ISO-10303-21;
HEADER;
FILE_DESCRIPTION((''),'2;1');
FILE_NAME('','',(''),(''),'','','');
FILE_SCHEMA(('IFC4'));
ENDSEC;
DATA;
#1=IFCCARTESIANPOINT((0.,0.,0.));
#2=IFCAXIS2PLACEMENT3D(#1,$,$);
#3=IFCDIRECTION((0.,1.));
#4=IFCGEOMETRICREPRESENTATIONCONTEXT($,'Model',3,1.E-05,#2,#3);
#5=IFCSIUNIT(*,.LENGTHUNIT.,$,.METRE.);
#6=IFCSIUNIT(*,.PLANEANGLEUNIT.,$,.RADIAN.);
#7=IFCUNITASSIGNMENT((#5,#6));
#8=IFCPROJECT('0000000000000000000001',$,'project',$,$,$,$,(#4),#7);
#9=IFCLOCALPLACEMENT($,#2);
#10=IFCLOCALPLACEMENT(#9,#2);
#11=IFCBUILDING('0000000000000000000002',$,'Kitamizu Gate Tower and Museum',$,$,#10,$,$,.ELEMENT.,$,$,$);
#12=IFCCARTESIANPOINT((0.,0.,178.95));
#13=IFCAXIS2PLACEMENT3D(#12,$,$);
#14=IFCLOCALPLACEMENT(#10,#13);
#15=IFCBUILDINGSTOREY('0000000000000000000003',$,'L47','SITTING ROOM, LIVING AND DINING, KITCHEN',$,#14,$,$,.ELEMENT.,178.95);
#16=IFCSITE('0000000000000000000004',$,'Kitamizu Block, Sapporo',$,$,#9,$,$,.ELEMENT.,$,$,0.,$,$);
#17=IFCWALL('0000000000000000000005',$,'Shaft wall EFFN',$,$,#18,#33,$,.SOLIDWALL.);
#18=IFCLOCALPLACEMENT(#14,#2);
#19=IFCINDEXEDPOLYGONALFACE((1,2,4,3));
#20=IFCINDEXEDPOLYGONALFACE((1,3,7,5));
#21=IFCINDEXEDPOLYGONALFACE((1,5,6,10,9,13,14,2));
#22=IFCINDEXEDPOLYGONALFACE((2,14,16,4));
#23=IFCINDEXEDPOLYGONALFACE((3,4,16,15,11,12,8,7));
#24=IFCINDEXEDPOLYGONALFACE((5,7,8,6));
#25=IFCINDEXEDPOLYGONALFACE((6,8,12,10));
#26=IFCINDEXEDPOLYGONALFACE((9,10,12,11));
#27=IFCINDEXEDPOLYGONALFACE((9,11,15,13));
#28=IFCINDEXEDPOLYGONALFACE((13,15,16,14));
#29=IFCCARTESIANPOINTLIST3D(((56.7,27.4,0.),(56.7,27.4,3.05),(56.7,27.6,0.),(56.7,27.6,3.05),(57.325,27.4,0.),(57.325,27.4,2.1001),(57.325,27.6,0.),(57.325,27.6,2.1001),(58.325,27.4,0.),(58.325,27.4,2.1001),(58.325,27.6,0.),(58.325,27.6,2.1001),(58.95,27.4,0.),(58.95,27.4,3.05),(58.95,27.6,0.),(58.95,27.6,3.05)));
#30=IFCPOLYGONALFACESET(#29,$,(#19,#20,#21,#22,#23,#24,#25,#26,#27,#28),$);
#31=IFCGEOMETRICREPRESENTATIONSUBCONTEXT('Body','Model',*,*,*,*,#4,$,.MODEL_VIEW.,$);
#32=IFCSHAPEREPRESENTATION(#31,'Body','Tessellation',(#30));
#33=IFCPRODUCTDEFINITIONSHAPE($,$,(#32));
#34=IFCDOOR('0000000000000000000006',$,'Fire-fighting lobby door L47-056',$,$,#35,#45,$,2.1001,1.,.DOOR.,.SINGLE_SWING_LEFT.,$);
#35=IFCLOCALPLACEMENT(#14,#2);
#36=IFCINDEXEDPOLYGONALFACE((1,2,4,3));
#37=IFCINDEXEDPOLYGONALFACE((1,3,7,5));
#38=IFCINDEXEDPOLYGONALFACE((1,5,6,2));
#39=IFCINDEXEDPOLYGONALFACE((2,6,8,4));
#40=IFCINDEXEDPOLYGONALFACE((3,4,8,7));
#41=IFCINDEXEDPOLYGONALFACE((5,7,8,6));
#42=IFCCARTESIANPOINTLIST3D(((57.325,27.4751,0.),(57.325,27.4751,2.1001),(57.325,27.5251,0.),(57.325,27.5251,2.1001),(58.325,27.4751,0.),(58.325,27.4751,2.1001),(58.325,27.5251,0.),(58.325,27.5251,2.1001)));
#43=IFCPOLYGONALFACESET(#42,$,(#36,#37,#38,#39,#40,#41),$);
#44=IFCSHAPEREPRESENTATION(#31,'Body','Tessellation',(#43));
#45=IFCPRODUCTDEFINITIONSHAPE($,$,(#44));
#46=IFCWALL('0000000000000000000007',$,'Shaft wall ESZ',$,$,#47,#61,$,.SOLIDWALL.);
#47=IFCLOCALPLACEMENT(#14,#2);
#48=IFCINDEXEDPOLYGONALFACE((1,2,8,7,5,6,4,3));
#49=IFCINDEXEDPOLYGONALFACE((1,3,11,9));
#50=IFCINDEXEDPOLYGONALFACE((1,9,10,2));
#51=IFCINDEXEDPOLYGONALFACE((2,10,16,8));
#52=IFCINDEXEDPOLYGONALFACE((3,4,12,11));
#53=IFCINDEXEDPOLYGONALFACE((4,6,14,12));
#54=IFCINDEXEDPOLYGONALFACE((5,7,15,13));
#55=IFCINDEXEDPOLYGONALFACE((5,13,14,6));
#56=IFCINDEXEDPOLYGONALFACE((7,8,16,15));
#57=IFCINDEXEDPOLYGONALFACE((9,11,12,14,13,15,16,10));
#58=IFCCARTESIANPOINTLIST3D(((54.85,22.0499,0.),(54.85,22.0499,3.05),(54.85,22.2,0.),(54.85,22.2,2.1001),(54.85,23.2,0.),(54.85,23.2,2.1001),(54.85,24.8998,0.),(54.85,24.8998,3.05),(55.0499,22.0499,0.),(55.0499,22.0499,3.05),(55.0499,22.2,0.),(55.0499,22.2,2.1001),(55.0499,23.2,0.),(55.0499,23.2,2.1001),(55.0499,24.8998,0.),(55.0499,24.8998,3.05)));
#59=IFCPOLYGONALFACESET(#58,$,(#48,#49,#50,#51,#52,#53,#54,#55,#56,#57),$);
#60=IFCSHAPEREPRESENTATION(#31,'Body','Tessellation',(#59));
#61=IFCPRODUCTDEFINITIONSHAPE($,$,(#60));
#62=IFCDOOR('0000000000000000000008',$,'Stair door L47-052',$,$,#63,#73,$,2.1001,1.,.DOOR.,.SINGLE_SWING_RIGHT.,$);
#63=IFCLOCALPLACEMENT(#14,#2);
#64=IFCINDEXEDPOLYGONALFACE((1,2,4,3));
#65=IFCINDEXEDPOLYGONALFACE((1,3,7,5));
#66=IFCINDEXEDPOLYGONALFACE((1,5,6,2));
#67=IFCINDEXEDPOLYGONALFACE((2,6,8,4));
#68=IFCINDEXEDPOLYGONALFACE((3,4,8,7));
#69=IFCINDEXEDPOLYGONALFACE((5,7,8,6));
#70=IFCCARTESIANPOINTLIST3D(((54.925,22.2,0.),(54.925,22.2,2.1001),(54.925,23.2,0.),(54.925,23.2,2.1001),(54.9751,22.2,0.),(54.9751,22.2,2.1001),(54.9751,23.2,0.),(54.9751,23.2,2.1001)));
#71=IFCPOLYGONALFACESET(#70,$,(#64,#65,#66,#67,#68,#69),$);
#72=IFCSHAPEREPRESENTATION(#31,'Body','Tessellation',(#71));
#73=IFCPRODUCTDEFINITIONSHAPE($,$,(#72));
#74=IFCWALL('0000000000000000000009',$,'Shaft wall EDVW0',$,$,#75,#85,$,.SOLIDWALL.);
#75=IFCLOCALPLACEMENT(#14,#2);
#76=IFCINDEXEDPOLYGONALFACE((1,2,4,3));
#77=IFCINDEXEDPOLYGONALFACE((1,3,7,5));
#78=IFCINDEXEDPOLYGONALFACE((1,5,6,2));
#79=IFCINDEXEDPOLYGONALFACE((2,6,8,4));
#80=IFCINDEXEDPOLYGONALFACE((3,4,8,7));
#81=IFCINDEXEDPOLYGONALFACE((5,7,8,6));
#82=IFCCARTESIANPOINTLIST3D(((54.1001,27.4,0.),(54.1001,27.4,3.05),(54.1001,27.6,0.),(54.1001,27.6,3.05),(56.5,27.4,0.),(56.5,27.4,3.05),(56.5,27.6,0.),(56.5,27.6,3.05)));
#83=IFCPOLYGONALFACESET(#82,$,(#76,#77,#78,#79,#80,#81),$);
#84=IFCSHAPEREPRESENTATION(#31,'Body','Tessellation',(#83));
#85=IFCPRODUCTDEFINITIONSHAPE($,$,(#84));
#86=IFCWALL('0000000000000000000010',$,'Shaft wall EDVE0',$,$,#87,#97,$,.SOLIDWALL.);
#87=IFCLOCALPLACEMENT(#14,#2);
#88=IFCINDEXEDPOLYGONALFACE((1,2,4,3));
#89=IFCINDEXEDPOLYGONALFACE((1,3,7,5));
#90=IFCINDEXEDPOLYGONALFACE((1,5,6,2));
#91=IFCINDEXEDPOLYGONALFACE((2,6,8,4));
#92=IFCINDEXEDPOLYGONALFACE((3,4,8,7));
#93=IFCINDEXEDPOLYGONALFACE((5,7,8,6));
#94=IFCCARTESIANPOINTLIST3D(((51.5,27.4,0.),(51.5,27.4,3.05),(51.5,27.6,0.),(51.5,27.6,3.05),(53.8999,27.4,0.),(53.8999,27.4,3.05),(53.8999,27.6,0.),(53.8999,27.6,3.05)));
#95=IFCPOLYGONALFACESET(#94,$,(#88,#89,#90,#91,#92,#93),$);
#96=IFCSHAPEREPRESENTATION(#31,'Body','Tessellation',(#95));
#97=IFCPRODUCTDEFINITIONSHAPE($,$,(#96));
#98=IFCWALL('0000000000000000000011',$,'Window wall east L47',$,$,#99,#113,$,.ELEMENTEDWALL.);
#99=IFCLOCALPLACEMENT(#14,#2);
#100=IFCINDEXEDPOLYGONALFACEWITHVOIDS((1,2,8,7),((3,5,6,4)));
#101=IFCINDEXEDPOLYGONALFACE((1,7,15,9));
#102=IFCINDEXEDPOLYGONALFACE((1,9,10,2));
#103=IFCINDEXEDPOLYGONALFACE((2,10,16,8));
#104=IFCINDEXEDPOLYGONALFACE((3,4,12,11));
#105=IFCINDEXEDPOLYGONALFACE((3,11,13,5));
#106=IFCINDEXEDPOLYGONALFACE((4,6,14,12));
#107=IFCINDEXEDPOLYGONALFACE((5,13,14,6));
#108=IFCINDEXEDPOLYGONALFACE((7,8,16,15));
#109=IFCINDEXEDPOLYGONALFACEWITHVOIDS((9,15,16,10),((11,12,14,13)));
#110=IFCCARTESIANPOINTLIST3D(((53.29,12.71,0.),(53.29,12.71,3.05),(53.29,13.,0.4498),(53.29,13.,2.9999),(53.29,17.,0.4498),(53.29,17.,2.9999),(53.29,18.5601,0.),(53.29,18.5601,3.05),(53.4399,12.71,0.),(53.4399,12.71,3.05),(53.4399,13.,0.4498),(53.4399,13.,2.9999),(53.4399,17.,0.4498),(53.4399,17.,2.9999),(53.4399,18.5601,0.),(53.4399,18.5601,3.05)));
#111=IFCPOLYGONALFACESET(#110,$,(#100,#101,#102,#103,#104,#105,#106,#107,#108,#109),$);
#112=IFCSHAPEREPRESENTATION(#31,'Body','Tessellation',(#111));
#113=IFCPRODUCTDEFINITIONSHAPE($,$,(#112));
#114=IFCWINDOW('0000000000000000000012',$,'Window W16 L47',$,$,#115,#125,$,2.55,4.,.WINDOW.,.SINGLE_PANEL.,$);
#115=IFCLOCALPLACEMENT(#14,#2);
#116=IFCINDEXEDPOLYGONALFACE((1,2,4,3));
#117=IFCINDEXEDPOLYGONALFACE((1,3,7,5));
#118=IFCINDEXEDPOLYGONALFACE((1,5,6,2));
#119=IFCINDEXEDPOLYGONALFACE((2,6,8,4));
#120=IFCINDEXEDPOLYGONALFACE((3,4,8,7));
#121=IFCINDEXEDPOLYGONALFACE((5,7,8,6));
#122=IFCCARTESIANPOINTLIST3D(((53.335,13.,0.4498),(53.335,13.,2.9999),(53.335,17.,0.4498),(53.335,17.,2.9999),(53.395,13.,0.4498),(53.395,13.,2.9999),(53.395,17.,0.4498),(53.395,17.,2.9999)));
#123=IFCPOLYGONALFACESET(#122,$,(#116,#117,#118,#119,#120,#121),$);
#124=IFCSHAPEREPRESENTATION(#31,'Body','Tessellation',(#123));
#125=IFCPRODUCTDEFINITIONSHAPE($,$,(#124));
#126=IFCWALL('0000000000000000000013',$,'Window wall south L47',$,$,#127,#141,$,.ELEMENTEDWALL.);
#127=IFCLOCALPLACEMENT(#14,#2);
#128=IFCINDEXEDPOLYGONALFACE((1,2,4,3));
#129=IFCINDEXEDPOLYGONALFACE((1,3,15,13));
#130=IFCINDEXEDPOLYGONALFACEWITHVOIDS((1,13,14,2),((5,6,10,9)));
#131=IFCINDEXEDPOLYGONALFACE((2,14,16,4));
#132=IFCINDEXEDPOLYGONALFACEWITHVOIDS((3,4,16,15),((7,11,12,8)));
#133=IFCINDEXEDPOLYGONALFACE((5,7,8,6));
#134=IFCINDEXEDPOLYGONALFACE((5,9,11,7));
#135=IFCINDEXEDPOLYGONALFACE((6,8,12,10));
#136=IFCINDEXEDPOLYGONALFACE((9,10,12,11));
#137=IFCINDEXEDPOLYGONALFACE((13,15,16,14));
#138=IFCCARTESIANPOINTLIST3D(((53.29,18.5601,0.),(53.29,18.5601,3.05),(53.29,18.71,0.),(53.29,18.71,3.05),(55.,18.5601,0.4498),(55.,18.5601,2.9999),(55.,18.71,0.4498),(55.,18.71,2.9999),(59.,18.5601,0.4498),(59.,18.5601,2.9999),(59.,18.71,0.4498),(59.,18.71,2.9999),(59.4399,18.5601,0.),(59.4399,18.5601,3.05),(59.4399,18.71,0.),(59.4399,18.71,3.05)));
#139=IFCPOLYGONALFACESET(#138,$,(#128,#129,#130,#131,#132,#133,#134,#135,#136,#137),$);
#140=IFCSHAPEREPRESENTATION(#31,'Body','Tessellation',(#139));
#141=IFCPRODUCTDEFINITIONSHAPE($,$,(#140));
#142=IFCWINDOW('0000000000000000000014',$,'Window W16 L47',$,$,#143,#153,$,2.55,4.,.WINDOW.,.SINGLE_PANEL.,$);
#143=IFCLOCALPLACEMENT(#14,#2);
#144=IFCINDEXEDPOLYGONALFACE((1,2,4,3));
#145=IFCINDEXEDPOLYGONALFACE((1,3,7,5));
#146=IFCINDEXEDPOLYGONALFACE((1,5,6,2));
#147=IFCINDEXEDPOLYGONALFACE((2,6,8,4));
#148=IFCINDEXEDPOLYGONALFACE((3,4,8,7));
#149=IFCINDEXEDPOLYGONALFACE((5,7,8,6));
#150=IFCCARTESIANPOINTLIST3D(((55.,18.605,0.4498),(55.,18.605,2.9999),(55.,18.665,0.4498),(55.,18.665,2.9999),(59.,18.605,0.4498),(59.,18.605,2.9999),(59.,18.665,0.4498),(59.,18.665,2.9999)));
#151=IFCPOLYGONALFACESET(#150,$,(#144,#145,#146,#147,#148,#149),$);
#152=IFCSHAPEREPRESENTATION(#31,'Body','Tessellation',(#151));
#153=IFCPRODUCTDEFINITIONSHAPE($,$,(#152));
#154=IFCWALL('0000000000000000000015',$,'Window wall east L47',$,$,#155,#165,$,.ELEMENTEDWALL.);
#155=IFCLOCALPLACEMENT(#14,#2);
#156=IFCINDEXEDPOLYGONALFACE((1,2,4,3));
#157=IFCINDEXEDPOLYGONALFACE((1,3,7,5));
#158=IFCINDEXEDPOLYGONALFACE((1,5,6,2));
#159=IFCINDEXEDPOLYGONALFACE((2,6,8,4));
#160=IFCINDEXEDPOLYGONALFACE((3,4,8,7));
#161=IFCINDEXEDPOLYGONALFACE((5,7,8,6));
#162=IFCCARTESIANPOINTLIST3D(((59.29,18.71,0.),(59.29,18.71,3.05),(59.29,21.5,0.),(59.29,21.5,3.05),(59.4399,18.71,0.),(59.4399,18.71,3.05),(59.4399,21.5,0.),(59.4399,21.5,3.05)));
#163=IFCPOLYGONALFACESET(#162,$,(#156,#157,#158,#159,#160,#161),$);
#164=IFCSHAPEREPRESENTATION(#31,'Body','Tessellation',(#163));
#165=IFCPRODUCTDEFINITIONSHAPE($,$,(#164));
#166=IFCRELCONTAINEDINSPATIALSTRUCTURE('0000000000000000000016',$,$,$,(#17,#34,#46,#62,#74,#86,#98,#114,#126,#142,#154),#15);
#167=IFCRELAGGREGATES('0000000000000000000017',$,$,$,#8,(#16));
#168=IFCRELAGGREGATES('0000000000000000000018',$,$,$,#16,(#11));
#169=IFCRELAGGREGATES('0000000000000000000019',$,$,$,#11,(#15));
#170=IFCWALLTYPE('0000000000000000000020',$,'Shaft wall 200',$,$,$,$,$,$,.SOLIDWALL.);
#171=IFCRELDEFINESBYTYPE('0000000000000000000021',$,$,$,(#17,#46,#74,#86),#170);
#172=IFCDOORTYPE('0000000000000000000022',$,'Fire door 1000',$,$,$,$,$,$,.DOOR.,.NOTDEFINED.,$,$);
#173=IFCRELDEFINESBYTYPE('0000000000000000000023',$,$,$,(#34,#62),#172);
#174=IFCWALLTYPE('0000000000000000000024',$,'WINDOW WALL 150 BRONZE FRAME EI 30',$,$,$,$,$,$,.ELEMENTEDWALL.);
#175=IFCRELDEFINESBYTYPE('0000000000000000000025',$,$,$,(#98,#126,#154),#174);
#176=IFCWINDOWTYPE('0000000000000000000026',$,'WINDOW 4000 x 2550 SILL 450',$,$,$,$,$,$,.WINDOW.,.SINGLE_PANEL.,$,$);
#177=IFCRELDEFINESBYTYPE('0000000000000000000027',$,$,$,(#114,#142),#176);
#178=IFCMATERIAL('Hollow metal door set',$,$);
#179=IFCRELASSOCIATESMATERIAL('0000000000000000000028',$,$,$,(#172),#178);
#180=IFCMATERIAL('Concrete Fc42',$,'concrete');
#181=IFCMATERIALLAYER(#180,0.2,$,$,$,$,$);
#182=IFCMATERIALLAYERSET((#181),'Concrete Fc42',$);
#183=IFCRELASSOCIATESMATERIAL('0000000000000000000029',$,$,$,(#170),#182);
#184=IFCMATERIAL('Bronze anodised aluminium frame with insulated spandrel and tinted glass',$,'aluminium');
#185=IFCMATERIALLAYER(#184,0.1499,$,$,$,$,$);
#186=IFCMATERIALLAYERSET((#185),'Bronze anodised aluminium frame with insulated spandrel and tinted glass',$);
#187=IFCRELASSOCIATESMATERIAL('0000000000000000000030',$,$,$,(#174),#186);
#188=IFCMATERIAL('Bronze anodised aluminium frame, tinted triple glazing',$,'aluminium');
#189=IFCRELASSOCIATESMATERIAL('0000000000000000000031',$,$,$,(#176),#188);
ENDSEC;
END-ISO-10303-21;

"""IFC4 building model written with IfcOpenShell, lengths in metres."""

from ifc_helpers import new_model, si_unit, direction, frame, frame_2d, origin, place, context, subcontext, project, spatial, rectangle, extrude, material, layer, layer_set, type_object, element, fill, save


model = new_model("IFC4")

# Units and contexts
model_context = context("Model", 3, precision=1e-05, world=origin(), true_north=direction((0.0, 1.0)))
body_context = subcontext(model_context, "Body", "Model", "MODEL_VIEW")
ifc_project = project(units=[si_unit("LENGTHUNIT", "METRE"), si_unit("PLANEANGLEUNIT", "RADIAN")], contexts=[model_context])

# Site, building, storey
site_placement = place(None, origin())
site = spatial("IfcSite", under=ifc_project, at=site_placement, Name="Kitamizu Block, Sapporo", CompositionType="ELEMENT", RefElevation=0.0)
building_placement = place(site_placement, origin())
building = spatial("IfcBuilding", under=site, at=building_placement, Name="Kitamizu Gate Tower and Museum", CompositionType="ELEMENT")
storey_placement = place(building_placement, frame((0.0, 0.0, 178.95)))
storey = spatial("IfcBuildingStorey", under=building, at=storey_placement, Name="L47", Description="SITTING ROOM, LIVING AND DINING, KITCHEN", CompositionType="ELEMENT", Elevation=178.95)

# Shared definitions
ifc_material_1 = material(Name="Hollow metal door set")
door_type_1 = type_object("IfcDoorType", Name="Fire door 1000", OperationType="NOTDEFINED", PredefinedType="DOOR", material=ifc_material_1)

# Shared definitions
ifc_material_2 = material(Name="Concrete Fc42", Category="concrete")
ifc_layer_1 = layer(ifc_material_2, 0.2)
ifc_layer_set_1 = layer_set([ifc_layer_1], Name="Concrete Fc42")
wall_type_1 = type_object("IfcWallType", Name="Shaft wall 200", PredefinedType="SOLIDWALL", material=ifc_layer_set_1)

# Walls, openings, doors
wall_1_placement = place(storey_placement, frame((58.95, 27.5, 0.0), z_axis=(0.0, 0.0, 1.0), x_axis=(-1.0, 0.0, 0.0)))
wall_1 = element("IfcWall", 1, at=wall_1_placement, inside=storey, type_object=wall_type_1, Name="Shaft wall EFFN", PredefinedType="SOLIDWALL", context=body_context, shape_type="SweptSolid", body=[
    extrude(rectangle(XDim=2.25, YDim=0.2, at=frame_2d((1.125, 0.0))), origin(), (0.0, 0.0, 1.0), 3.05),
])
opening_1_placement = place(wall_1_placement, frame((0.625, 0.0, 0.0)))
opening_1 = element("IfcOpeningElement", 2, at=opening_1_placement, cuts=wall_1, PredefinedType="OPENING", context=body_context, shape_type="SweptSolid", body=[
    extrude(rectangle(XDim=1.0, YDim=2.1001, at=frame_2d((0.5, 1.05))), frame((0.0, 0.1099, 0.0), z_axis=(0.0, -1.0, 0.0), x_axis=(1.0, 0.0, 0.0)), (0.0, 0.0, 1.0), 0.22),
])
door_1_placement = place(opening_1_placement, origin())
door_1 = element("IfcDoor", 3, at=door_1_placement, inside=storey, type_object=door_type_1, Name="Fire-fighting lobby door L47-056", OperationType="SINGLE_SWING_LEFT", OverallHeight=2.1001, OverallWidth=1.0, PredefinedType="DOOR", context=body_context, shape_type="SweptSolid", body=[
    extrude(rectangle(XDim=1.0, YDim=2.1001, at=frame_2d((0.5, 1.05))), frame((0.0, 0.0249, 0.0), z_axis=(0.0, -1.0, 0.0), x_axis=(1.0, 0.0, 0.0)), (0.0, 0.0, 1.0), 0.05),
])
fill(opening_1, door_1)
wall_2_placement = place(storey_placement, frame((54.95, 22.05, 0.0), z_axis=(0.0, 0.0, 1.0), x_axis=(0.0, 1.0, 0.0)))
wall_2 = element("IfcWall", 4, at=wall_2_placement, inside=storey, type_object=wall_type_1, Name="Shaft wall ESZ", PredefinedType="SOLIDWALL", context=body_context, shape_type="SweptSolid", body=[
    extrude(rectangle(XDim=2.8499, YDim=0.2, at=frame_2d((1.4248, 0.0))), origin(), (0.0, 0.0, 1.0), 3.05),
])
opening_2_placement = place(wall_2_placement, frame((0.1499, 0.0, 0.0)))
opening_2 = element("IfcOpeningElement", 5, at=opening_2_placement, cuts=wall_2, PredefinedType="OPENING", context=body_context, shape_type="SweptSolid", body=[
    extrude(rectangle(XDim=1.0, YDim=2.1001, at=frame_2d((0.5, 1.05))), frame((0.0, 0.1099, 0.0), z_axis=(0.0, -1.0, 0.0), x_axis=(1.0, 0.0, 0.0)), (0.0, 0.0, 1.0), 0.22),
])
door_2_placement = place(opening_2_placement, origin())
door_2 = element("IfcDoor", 6, at=door_2_placement, inside=storey, type_object=door_type_1, Name="Stair door L47-052", OperationType="SINGLE_SWING_RIGHT", OverallHeight=2.1001, OverallWidth=1.0, PredefinedType="DOOR", context=body_context, shape_type="SweptSolid", body=[
    extrude(rectangle(XDim=1.0, YDim=2.1001, at=frame_2d((0.5, 1.05))), frame((0.0, 0.0249, 0.0), z_axis=(0.0, -1.0, 0.0), x_axis=(1.0, 0.0, 0.0)), (0.0, 0.0, 1.0), 0.05),
])
fill(opening_2, door_2)

# Walls
for number, where, z_axis, x_axis, name in (
    (7, (56.5, 27.5, 0.0), (0.0, 0.0, 1.0), (-1.0, 0.0, 0.0), "Shaft wall EDVW0"),
    (8, (53.8999, 27.5, 0.0), (0.0, 0.0, 1.0), (-1.0, 0.0, 0.0), "Shaft wall EDVE0"),
):
    element("IfcWall", number, at=place(storey_placement, frame(where, z_axis=z_axis, x_axis=x_axis)), inside=storey, type_object=wall_type_1, Name=name, PredefinedType="SOLIDWALL", context=body_context, shape_type="SweptSolid", body=[
        extrude(rectangle(XDim=2.3999, YDim=0.2, at=frame_2d((1.2, 0.0))), origin(), (0.0, 0.0, 1.0), 3.05),
    ])

# Walls, openings, windows
ifc_material_3 = material(Name="Bronze anodised aluminium frame with insulated spandrel and tinted glass", Category="aluminium")
ifc_layer_2 = layer(ifc_material_3, 0.1499)
ifc_layer_set_2 = layer_set([ifc_layer_2], Name="Bronze anodised aluminium frame with insulated spandrel and tinted glass")
wall_type_2 = type_object("IfcWallType", Name="WINDOW WALL 150 BRONZE FRAME EI 30", PredefinedType="ELEMENTEDWALL", material=ifc_layer_set_2)
wall_3_placement = place(storey_placement, frame((53.365, 12.71, 0.0), z_axis=(0.0, 0.0, 1.0), x_axis=(0.0, 1.0, 0.0)))
wall_3 = element("IfcWall", 9, at=wall_3_placement, inside=storey, type_object=wall_type_2, Name="Window wall east L47", PredefinedType="ELEMENTEDWALL", context=body_context, shape_type="SweptSolid", body=[
    extrude(rectangle(XDim=5.8501, YDim=0.1499, at=frame_2d((2.925, 0.0))), origin(), (0.0, 0.0, 1.0), 3.05),
])
opening_3_placement = place(wall_3_placement, frame((0.29, 0.0, 0.45)))
opening_3 = element("IfcOpeningElement", 10, at=opening_3_placement, cuts=wall_3, PredefinedType="OPENING", context=body_context, shape_type="SweptSolid", body=[
    extrude(rectangle(XDim=4.0, YDim=2.55, at=frame_2d((2.0, 1.2749))), frame((0.0, 0.085, 0.0), z_axis=(0.0, -1.0, 0.0), x_axis=(1.0, 0.0, 0.0)), (0.0, 0.0, 1.0), 0.1699),
])
ifc_material_4 = material(Name="Bronze anodised aluminium frame, tinted triple glazing", Category="aluminium")
window_type = type_object("IfcWindowType", Name="WINDOW 4000 x 2550 SILL 450", PartitioningType="SINGLE_PANEL", PredefinedType="WINDOW", material=ifc_material_4)
window_1_placement = place(opening_3_placement, origin())
window_1 = element("IfcWindow", 11, at=window_1_placement, inside=storey, type_object=window_type, Name="Window W16 L47", OverallHeight=2.55, OverallWidth=4.0, PartitioningType="SINGLE_PANEL", PredefinedType="WINDOW", context=body_context, shape_type="SweptSolid", body=[
    extrude(rectangle(XDim=4.0, YDim=2.55, at=frame_2d((2.0, 1.2749))), frame((0.0, 0.03, 0.0), z_axis=(0.0, -1.0, 0.0), x_axis=(1.0, 0.0, 0.0)), (0.0, 0.0, 1.0), 0.0601),
])
fill(opening_3, window_1)
wall_4_placement = place(storey_placement, frame((53.29, 18.635, 0.0), z_axis=(0.0, 0.0, 1.0), x_axis=(1.0, 0.0, 0.0)))
wall_4 = element("IfcWall", 12, at=wall_4_placement, inside=storey, type_object=wall_type_2, Name="Window wall south L47", PredefinedType="ELEMENTEDWALL", context=body_context, shape_type="SweptSolid", body=[
    extrude(rectangle(XDim=6.1499, YDim=0.1499, at=frame_2d((3.075, 0.0))), origin(), (0.0, 0.0, 1.0), 3.05),
])
opening_4_placement = place(wall_4_placement, frame((1.71, 0.0, 0.45)))
opening_4 = element("IfcOpeningElement", 13, at=opening_4_placement, cuts=wall_4, PredefinedType="OPENING", context=body_context, shape_type="SweptSolid", body=[
    extrude(rectangle(XDim=4.0, YDim=2.55, at=frame_2d((2.0, 1.2749))), frame((0.0, 0.085, 0.0), z_axis=(0.0, -1.0, 0.0), x_axis=(1.0, 0.0, 0.0)), (0.0, 0.0, 1.0), 0.1699),
])
window_2_placement = place(opening_4_placement, origin())
window_2 = element("IfcWindow", 14, at=window_2_placement, inside=storey, type_object=window_type, Name="Window W16 L47", OverallHeight=2.55, OverallWidth=4.0, PartitioningType="SINGLE_PANEL", PredefinedType="WINDOW", context=body_context, shape_type="SweptSolid", body=[
    extrude(rectangle(XDim=4.0, YDim=2.55, at=frame_2d((2.0, 1.2749))), frame((0.0, 0.03, 0.0), z_axis=(0.0, -1.0, 0.0), x_axis=(1.0, 0.0, 0.0)), (0.0, 0.0, 1.0), 0.0601),
])
fill(opening_4, window_2)

# Wall
wall_5_placement = place(storey_placement, frame((59.365, 18.71, 0.0), z_axis=(0.0, 0.0, 1.0), x_axis=(0.0, 1.0, 0.0)))
element("IfcWall", 15, at=wall_5_placement, inside=storey, type_object=wall_type_2, Name="Window wall east L47", PredefinedType="ELEMENTEDWALL", context=body_context, shape_type="SweptSolid", body=[
    extrude(rectangle(XDim=2.79, YDim=0.1499, at=frame_2d((1.395, 0.0))), origin(), (0.0, 0.0, 1.0), 3.05),
])

save(model, "model.ifc")
